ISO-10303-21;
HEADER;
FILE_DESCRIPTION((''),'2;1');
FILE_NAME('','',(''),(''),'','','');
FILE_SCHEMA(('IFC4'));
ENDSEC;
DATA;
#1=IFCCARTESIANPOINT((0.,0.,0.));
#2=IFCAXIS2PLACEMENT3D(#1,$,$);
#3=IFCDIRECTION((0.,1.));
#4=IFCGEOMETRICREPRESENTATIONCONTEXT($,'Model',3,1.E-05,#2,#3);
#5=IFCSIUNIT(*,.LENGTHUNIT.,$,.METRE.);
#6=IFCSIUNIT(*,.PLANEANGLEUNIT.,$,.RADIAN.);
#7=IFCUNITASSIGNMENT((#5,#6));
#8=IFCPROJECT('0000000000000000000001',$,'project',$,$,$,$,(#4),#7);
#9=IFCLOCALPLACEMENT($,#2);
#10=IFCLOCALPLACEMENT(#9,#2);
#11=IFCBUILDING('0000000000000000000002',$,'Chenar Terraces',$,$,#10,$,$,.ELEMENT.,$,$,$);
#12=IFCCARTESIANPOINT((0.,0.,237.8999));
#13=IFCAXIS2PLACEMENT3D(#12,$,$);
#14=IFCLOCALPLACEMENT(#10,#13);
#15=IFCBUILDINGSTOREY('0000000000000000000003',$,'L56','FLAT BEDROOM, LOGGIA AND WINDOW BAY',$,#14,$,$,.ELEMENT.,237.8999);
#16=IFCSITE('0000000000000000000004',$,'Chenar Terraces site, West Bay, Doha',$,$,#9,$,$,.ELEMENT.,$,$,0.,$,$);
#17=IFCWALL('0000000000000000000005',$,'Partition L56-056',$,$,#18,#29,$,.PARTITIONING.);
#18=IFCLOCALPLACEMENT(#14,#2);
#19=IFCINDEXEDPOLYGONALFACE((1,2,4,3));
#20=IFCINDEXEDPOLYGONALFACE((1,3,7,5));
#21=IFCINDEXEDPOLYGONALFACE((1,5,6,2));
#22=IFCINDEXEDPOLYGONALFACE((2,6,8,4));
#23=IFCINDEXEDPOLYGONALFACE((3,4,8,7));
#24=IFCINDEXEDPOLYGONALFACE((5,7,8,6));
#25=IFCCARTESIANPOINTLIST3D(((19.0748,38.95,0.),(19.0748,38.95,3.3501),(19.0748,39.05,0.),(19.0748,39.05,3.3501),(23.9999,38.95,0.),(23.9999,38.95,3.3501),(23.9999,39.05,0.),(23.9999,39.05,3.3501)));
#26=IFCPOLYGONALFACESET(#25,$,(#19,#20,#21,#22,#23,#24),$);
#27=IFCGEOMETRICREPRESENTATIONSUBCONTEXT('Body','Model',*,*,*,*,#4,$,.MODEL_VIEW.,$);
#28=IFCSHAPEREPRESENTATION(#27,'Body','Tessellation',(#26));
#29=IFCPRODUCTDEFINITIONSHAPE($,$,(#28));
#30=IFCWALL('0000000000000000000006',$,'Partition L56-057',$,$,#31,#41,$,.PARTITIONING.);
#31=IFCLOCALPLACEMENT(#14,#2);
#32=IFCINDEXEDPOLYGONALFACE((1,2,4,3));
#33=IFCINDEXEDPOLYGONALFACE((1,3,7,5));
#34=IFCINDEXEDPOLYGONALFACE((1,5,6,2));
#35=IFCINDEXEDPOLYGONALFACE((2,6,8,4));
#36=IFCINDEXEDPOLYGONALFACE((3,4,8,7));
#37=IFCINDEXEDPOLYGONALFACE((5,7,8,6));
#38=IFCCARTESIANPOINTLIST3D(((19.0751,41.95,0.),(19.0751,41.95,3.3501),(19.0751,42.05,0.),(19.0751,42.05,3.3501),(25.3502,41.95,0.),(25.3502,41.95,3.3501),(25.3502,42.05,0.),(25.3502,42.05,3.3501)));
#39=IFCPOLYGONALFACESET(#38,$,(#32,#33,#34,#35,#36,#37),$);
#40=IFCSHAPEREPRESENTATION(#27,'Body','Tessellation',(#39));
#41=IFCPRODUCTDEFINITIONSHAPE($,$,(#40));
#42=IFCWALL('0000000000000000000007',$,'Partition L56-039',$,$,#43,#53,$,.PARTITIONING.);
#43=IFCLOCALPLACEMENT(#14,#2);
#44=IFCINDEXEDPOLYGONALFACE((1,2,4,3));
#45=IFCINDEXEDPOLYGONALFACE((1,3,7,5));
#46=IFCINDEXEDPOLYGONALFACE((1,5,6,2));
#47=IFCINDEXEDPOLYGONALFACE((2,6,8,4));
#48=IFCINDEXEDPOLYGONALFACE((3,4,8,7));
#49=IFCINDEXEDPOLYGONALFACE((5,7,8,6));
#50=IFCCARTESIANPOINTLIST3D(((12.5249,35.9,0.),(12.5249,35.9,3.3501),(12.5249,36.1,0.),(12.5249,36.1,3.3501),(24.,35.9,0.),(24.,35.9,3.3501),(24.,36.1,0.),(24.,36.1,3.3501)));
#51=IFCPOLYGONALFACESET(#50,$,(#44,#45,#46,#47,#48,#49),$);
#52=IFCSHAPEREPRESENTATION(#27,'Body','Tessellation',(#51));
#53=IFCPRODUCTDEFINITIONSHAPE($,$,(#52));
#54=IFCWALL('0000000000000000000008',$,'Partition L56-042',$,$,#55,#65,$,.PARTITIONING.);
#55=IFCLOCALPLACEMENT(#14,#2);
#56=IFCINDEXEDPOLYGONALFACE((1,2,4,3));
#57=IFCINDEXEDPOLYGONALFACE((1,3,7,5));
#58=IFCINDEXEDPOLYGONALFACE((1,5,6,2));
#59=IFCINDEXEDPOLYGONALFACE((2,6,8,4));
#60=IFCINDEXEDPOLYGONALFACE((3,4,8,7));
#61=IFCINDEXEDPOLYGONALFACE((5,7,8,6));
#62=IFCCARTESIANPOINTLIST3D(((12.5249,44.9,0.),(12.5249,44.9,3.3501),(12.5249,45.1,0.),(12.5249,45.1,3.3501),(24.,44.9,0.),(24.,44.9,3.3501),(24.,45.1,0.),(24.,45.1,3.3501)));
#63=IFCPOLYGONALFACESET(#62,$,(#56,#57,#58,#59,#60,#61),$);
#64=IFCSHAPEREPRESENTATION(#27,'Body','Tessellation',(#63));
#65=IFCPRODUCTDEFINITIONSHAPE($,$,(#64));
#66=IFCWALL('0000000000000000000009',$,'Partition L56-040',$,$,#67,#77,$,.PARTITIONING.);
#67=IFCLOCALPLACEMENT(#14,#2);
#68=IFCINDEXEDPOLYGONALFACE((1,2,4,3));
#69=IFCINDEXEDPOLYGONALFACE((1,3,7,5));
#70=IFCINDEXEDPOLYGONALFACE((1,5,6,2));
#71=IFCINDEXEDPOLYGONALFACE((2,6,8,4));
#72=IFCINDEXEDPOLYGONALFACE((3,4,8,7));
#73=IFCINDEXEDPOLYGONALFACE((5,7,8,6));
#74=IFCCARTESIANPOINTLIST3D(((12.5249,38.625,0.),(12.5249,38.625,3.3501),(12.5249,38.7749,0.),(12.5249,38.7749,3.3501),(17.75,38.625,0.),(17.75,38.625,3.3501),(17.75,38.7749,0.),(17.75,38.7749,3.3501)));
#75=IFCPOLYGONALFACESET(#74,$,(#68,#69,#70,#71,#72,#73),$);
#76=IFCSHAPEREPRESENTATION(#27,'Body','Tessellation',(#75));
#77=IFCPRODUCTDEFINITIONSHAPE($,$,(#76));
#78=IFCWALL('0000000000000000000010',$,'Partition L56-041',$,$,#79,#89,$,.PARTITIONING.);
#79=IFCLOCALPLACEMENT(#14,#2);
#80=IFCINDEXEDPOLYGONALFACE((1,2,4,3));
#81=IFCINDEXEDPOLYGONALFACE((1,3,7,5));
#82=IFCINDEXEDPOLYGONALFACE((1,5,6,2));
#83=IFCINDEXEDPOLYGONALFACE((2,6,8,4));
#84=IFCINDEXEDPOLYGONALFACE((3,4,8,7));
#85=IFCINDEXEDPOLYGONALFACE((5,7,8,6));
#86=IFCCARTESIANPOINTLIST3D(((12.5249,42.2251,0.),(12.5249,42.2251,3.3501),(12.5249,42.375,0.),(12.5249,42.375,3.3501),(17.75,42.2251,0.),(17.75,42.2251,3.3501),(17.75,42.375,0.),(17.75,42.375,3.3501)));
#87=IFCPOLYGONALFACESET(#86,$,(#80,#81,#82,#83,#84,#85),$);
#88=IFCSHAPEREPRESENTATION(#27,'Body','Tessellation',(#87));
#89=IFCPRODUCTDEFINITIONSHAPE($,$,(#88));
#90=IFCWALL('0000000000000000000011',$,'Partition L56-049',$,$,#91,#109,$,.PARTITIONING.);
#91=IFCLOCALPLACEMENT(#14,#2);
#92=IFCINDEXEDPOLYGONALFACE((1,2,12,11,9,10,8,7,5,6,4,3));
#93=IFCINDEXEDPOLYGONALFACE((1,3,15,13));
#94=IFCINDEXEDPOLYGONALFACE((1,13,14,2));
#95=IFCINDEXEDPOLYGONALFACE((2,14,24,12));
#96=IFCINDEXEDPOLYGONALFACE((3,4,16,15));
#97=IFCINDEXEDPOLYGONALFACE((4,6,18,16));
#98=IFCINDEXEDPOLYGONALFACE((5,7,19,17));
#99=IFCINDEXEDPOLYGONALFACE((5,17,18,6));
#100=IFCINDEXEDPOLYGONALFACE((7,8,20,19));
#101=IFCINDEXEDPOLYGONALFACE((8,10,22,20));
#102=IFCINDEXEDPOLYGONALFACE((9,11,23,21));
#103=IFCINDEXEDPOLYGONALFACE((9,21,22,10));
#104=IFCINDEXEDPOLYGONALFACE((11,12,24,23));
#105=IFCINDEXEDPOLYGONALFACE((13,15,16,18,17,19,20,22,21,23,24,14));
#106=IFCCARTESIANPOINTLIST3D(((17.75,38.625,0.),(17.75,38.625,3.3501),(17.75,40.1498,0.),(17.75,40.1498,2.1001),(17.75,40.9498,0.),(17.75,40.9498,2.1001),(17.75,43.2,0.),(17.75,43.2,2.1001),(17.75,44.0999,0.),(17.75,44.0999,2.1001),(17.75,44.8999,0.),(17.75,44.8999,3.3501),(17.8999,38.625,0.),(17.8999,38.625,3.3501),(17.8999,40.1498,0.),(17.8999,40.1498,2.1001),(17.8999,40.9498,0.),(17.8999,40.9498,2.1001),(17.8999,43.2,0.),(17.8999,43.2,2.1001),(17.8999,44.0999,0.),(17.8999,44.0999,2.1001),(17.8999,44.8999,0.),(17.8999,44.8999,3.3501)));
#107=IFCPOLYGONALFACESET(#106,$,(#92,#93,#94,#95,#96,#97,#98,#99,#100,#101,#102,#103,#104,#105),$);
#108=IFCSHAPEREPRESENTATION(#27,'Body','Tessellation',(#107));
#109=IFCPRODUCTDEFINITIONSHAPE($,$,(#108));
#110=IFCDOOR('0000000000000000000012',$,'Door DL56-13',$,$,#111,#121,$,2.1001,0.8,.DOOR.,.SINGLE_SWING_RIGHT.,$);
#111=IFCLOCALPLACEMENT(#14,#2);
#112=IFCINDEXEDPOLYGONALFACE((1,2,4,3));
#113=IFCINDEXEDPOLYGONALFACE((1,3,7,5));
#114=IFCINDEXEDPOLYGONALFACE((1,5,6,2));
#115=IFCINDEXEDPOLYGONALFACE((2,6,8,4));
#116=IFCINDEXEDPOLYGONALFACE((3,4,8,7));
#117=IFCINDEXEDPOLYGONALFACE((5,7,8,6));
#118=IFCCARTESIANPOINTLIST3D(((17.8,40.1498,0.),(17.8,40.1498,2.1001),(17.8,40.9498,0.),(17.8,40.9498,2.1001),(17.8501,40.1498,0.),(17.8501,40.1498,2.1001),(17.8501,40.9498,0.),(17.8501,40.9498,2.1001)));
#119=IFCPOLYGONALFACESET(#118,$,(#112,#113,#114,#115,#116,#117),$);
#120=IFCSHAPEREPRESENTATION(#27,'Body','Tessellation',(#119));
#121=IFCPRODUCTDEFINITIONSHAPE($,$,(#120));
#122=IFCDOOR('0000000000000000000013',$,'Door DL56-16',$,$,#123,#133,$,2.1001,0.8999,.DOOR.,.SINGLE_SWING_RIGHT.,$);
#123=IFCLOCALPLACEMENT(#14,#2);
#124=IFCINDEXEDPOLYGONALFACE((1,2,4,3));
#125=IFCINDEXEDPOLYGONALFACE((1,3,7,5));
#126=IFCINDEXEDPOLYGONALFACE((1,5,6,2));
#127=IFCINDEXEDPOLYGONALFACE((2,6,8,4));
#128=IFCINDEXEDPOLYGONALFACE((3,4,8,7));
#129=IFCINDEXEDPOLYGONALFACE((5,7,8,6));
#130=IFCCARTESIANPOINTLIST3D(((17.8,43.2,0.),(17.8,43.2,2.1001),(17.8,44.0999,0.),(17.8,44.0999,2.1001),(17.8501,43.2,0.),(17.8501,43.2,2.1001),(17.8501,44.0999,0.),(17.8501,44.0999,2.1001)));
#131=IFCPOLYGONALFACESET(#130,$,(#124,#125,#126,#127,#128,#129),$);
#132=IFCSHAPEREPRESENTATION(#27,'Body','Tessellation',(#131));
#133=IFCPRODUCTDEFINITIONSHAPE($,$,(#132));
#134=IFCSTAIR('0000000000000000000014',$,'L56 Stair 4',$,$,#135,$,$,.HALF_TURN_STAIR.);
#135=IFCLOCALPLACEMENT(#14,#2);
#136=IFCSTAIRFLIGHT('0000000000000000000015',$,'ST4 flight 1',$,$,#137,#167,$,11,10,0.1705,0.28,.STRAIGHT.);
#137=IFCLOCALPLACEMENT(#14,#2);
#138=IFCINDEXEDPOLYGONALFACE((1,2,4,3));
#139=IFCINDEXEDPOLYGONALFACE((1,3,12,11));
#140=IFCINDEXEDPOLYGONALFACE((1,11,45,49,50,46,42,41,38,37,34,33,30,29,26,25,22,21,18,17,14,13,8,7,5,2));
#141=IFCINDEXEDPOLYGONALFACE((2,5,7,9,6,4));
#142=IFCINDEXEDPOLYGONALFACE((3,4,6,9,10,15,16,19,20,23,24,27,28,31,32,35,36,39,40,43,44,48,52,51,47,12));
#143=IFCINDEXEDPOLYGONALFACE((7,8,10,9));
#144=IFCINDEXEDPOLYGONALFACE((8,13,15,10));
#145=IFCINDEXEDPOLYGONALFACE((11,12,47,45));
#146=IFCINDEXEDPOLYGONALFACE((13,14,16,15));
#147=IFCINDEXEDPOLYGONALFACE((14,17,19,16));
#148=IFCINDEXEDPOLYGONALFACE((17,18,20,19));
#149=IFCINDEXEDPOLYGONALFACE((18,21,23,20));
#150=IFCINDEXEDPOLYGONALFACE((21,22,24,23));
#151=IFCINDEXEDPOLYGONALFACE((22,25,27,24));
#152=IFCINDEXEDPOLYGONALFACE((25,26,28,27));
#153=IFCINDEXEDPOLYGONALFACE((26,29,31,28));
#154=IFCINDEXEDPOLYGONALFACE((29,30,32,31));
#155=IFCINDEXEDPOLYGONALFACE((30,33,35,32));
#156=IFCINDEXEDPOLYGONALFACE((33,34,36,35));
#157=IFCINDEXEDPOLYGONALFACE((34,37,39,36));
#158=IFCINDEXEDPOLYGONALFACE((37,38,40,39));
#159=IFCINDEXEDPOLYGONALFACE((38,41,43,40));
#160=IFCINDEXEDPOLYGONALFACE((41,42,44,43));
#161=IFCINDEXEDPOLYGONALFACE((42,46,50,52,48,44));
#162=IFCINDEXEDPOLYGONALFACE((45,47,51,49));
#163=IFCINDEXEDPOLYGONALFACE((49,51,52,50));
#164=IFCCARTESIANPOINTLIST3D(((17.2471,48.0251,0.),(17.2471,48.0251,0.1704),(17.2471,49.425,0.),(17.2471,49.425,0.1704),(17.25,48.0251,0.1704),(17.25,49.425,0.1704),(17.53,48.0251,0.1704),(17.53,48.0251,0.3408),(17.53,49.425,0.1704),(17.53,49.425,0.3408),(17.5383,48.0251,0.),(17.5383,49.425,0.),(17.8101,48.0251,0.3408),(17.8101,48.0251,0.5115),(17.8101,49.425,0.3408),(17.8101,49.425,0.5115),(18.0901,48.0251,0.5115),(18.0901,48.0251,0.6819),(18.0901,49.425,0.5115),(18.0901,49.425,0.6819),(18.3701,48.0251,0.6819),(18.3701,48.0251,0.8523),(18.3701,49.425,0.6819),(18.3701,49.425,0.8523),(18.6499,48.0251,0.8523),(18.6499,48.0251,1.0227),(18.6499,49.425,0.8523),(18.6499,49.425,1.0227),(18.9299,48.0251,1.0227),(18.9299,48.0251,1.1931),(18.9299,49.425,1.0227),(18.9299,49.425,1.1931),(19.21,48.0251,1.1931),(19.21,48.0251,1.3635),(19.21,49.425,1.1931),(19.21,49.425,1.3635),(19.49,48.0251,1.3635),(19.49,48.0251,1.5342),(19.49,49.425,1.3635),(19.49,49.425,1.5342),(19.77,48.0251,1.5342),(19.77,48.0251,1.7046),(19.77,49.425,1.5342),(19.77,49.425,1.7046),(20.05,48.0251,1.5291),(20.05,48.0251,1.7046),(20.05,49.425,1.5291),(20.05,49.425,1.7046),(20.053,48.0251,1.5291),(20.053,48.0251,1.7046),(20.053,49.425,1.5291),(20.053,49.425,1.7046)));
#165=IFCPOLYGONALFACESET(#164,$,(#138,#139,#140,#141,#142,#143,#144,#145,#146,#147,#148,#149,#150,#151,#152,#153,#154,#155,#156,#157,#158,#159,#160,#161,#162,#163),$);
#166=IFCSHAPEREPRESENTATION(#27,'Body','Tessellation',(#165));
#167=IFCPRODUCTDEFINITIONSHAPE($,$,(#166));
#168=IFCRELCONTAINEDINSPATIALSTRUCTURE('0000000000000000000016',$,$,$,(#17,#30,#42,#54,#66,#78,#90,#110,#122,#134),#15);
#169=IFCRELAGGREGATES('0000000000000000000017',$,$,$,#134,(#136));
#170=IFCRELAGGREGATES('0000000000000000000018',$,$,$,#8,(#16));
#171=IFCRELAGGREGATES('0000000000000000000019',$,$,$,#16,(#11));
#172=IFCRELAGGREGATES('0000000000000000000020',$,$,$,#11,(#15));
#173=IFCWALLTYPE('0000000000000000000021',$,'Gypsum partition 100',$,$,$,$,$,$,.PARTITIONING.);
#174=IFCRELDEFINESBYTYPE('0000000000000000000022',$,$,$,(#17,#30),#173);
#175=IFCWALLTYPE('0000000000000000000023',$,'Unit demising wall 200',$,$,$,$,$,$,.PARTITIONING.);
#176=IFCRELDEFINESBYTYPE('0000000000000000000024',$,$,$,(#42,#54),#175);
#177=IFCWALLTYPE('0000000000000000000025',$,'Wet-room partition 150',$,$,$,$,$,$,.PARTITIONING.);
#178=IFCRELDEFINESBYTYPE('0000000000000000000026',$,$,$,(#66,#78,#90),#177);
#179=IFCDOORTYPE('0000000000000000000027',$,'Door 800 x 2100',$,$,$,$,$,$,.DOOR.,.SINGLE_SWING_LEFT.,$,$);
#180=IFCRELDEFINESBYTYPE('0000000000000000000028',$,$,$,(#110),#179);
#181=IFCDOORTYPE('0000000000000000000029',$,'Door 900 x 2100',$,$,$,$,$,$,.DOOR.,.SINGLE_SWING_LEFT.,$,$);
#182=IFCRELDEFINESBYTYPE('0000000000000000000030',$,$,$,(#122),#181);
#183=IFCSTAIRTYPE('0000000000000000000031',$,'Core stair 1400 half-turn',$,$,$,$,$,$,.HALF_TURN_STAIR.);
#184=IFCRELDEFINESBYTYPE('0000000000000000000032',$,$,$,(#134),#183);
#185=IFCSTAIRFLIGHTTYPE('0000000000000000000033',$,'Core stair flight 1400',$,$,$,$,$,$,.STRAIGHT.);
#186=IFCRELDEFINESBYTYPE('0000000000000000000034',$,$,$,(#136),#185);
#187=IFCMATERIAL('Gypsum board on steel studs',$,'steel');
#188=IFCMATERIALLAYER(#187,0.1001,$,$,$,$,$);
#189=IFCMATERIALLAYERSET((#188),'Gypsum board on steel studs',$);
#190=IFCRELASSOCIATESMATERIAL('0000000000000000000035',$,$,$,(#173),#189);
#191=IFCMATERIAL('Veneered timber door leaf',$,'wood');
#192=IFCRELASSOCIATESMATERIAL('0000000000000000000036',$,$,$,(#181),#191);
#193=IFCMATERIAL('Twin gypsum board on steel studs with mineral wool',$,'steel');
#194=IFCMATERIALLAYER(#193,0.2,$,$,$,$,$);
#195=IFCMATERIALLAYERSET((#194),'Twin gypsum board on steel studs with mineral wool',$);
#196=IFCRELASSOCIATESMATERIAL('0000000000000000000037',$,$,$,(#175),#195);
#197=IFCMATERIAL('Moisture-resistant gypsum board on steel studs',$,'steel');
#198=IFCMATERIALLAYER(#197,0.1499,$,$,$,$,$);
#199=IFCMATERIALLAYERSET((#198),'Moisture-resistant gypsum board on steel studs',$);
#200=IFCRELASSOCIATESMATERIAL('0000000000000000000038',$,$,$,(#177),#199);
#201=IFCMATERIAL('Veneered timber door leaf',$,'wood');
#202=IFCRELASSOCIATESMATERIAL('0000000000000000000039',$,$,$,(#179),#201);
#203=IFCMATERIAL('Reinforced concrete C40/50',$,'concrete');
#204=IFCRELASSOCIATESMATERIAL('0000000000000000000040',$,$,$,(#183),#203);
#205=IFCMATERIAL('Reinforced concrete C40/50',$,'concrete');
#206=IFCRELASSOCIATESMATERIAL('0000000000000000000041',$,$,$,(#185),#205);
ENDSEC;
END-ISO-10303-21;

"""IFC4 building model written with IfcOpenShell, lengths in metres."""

from ifc_helpers import new_model, si_unit, direction, frame, frame_2d, origin, place, context, subcontext, project, spatial, polyline, rectangle, outline, extrude, material, layer, layer_set, type_object, element, fill, aggregate, save


model = new_model("IFC4")

# Units and contexts
model_context = context("Model", 3, precision=1e-05, world=origin(), true_north=direction((0.0, 1.0)))
body_context = subcontext(model_context, "Body", "Model", "MODEL_VIEW")
ifc_project = project(units=[si_unit("LENGTHUNIT", "METRE"), si_unit("PLANEANGLEUNIT", "RADIAN")], contexts=[model_context])

# Site, building, storey
site_placement = place(None, origin())
site = spatial("IfcSite", under=ifc_project, at=site_placement, Name="Chenar Terraces site, West Bay, Doha", CompositionType="ELEMENT", RefElevation=0.0)
building_placement = place(site_placement, origin())
building = spatial("IfcBuilding", under=site, at=building_placement, Name="Chenar Terraces", CompositionType="ELEMENT")
storey_placement = place(building_placement, frame((0.0, 0.0, 237.8999)))
storey = spatial("IfcBuildingStorey", under=building, at=storey_placement, Name="L56", Description="FLAT BEDROOM, LOGGIA AND WINDOW BAY", CompositionType="ELEMENT", Elevation=237.8999)

# Shared definitions
ifc_material_1 = material(Name="Gypsum board on steel studs", Category="steel")
ifc_layer_1 = layer(ifc_material_1, 0.1001)
ifc_layer_set_1 = layer_set([ifc_layer_1], Name="Gypsum board on steel studs")
wall_type_1 = type_object("IfcWallType", Name="Gypsum partition 100", PredefinedType="PARTITIONING", material=ifc_layer_set_1)
ifc_material_2 = material(Name="Veneered timber door leaf", Category="wood")
door_type_1 = type_object("IfcDoorType", Name="Door 900 x 2100", OperationType="SINGLE_SWING_LEFT", PredefinedType="DOOR", material=ifc_material_2)

# Walls
wall_1_placement = place(storey_placement, frame((19.075, 39.0, 0.0), z_axis=(0.0, 0.0, 1.0), x_axis=(1.0, 0.0, 0.0)))
element("IfcWall", 1, at=wall_1_placement, inside=storey, type_object=wall_type_1, Name="Partition L56-056", PredefinedType="PARTITIONING", context=body_context, shape_type="SweptSolid", body=[
    extrude(rectangle(XDim=4.925, YDim=0.1001, at=frame_2d((2.4624, 0.0))), origin(), (0.0, 0.0, 1.0), 3.3501),
])
wall_2_placement = place(storey_placement, frame((19.075, 42.0, 0.0), z_axis=(0.0, 0.0, 1.0), x_axis=(1.0, 0.0, 0.0)))
element("IfcWall", 2, at=wall_2_placement, inside=storey, type_object=wall_type_1, Name="Partition L56-057", PredefinedType="PARTITIONING", context=body_context, shape_type="SweptSolid", body=[
    extrude(rectangle(XDim=6.2751, YDim=0.1001, at=frame_2d((3.1377, 0.0))), origin(), (0.0, 0.0, 1.0), 3.3501),
])
ifc_material_3 = material(Name="Twin gypsum board on steel studs with mineral wool", Category="steel")
ifc_layer_2 = layer(ifc_material_3, 0.2)
ifc_layer_set_2 = layer_set([ifc_layer_2], Name="Twin gypsum board on steel studs with mineral wool")
wall_type_2 = type_object("IfcWallType", Name="Unit demising wall 200", PredefinedType="PARTITIONING", material=ifc_layer_set_2)
for number, where, z_axis, x_axis, name in (
    (3, (12.5249, 36.0, 0.0), (0.0, 0.0, 1.0), (1.0, 0.0, 0.0), "Partition L56-039"),
    (4, (12.5249, 45.0, 0.0), (0.0, 0.0, 1.0), (1.0, 0.0, 0.0), "Partition L56-042"),
):
    element("IfcWall", number, at=place(storey_placement, frame(where, z_axis=z_axis, x_axis=x_axis)), inside=storey, type_object=wall_type_2, Name=name, PredefinedType="PARTITIONING", context=body_context, shape_type="SweptSolid", body=[
        extrude(rectangle(XDim=11.4751, YDim=0.2, at=frame_2d((5.7375, 0.0))), origin(), (0.0, 0.0, 1.0), 3.3501),
    ])
ifc_material_4 = material(Name="Moisture-resistant gypsum board on steel studs", Category="steel")
ifc_layer_3 = layer(ifc_material_4, 0.1499)
ifc_layer_set_3 = layer_set([ifc_layer_3], Name="Moisture-resistant gypsum board on steel studs")
wall_type_3 = type_object("IfcWallType", Name="Wet-room partition 150", PredefinedType="PARTITIONING", material=ifc_layer_set_3)
for number, where, z_axis, x_axis, name in (
    (5, (12.5249, 38.7, 0.0), (0.0, 0.0, 1.0), (1.0, 0.0, 0.0), "Partition L56-040"),
    (6, (12.5249, 42.3, 0.0), (0.0, 0.0, 1.0), (1.0, 0.0, 0.0), "Partition L56-041"),
):
    element("IfcWall", number, at=place(storey_placement, frame(where, z_axis=z_axis, x_axis=x_axis)), inside=storey, type_object=wall_type_3, Name=name, PredefinedType="PARTITIONING", context=body_context, shape_type="SweptSolid", body=[
        extrude(rectangle(XDim=5.2251, YDim=0.1499, at=frame_2d((2.6125, 0.0))), origin(), (0.0, 0.0, 1.0), 3.3501),
    ])

# Wall, openings, doors
wall_3_placement = place(storey_placement, frame((17.825, 38.625, 0.0), z_axis=(0.0, 0.0, 1.0), x_axis=(0.0, 1.0, 0.0)))
wall_3 = element("IfcWall", 7, at=wall_3_placement, inside=storey, type_object=wall_type_3, Name="Partition L56-049", PredefinedType="PARTITIONING", context=body_context, shape_type="SweptSolid", body=[
    extrude(rectangle(XDim=6.2749, YDim=0.1499, at=frame_2d((3.1375, 0.0))), origin(), (0.0, 0.0, 1.0), 3.3501),
])
opening_1_placement = place(wall_3_placement, frame((1.5249, 0.0, 0.0)))
opening_1 = element("IfcOpeningElement", 8, at=opening_1_placement, cuts=wall_3, PredefinedType="OPENING", context=body_context, shape_type="SweptSolid", body=[
    extrude(rectangle(XDim=0.8, YDim=2.1001, at=frame_2d((0.3999, 1.05))), frame((0.0, 0.085, 0.0), z_axis=(0.0, -1.0, 0.0), x_axis=(1.0, 0.0, 0.0)), (0.0, 0.0, 1.0), 0.1699),
])
opening_2_placement = place(wall_3_placement, frame((4.575, 0.0, 0.0)))
opening_2 = element("IfcOpeningElement", 9, at=opening_2_placement, cuts=wall_3, PredefinedType="OPENING", context=body_context, shape_type="SweptSolid", body=[
    extrude(rectangle(XDim=0.8999, YDim=2.1001, at=frame_2d((0.45, 1.05))), frame((0.0, 0.085, 0.0), z_axis=(0.0, -1.0, 0.0), x_axis=(1.0, 0.0, 0.0)), (0.0, 0.0, 1.0), 0.1699),
])
ifc_material_5 = material(Name="Veneered timber door leaf", Category="wood")
door_type_2 = type_object("IfcDoorType", Name="Door 800 x 2100", OperationType="SINGLE_SWING_LEFT", PredefinedType="DOOR", material=ifc_material_5)
door_1_placement = place(opening_1_placement, origin())
door_1 = element("IfcDoor", 10, at=door_1_placement, inside=storey, type_object=door_type_2, Name="Door DL56-13", OperationType="SINGLE_SWING_RIGHT", OverallHeight=2.1001, OverallWidth=0.8, PredefinedType="DOOR", context=body_context, shape_type="SweptSolid", body=[
    extrude(rectangle(XDim=0.8, YDim=2.1001, at=frame_2d((0.3999, 1.05))), frame((0.0, 0.0249, 0.0), z_axis=(0.0, -1.0, 0.0), x_axis=(1.0, 0.0, 0.0)), (0.0, 0.0, 1.0), 0.05),
])
fill(opening_1, door_1)
door_2_placement = place(opening_2_placement, origin())
door_2 = element("IfcDoor", 11, at=door_2_placement, inside=storey, type_object=door_type_1, Name="Door DL56-16", OperationType="SINGLE_SWING_RIGHT", OverallHeight=2.1001, OverallWidth=0.8999, PredefinedType="DOOR", context=body_context, shape_type="SweptSolid", body=[
    extrude(rectangle(XDim=0.8999, YDim=2.1001, at=frame_2d((0.45, 1.05))), frame((0.0, 0.0249, 0.0), z_axis=(0.0, -1.0, 0.0), x_axis=(1.0, 0.0, 0.0)), (0.0, 0.0, 1.0), 0.05),
])
fill(opening_2, door_2)

# Stair, stair flight
ifc_material_6 = material(Name="Reinforced concrete C40/50", Category="concrete")
stair_type = type_object("IfcStairType", Name="Core stair 1400 half-turn", PredefinedType="HALF_TURN_STAIR", material=ifc_material_6)
stair_placement = place(storey_placement, origin())
stair = element("IfcStair", 12, at=stair_placement, inside=storey, type_object=stair_type, Name="L56 Stair 4", PredefinedType="HALF_TURN_STAIR")
ifc_material_7 = material(Name="Reinforced concrete C40/50", Category="concrete")
stair_flight_type = type_object("IfcStairFlightType", Name="Core stair flight 1400", PredefinedType="STRAIGHT", material=ifc_material_7)
stair_flight_placement = place(storey_placement, frame((17.25, 48.7251, 0.0), z_axis=(0.0, 0.0, 1.0), x_axis=(1.0, 0.0, 0.0)))
stair_flight = element("IfcStairFlight", 13, at=stair_flight_placement, type_object=stair_flight_type, Name="ST4 flight 1", NumberOfRisers=11, NumberOfTreads=10, PredefinedType="STRAIGHT", RiserHeight=0.1705, TreadLength=0.28, context=body_context, shape_type="SweptSolid", body=[
    extrude(outline(polyline([(-0.0029, 0.0), (-0.0029, 0.1704), (0.0, 0.1704), (0.28, 0.1704), (0.28, 0.3408), (0.5601, 0.3408), (0.5601, 0.5115), (0.8401, 0.5115), (0.8401, 0.6819), (1.1201, 0.6819), (1.1201, 0.8523), (1.3999, 0.8523), (1.3999, 1.0227), (1.6799, 1.0227), (1.6799, 1.1931), (1.96, 1.1931), (1.96, 1.3635), (2.24, 1.3635), (2.24, 1.5342), (2.52, 1.5342), (2.52, 1.7046), (2.8, 1.7046), (2.803, 1.7046), (2.803, 1.5291), (2.8, 1.5291), (0.2883, 0.0), (-0.0029, 0.0)])), frame((0.0, 0.7, 0.0), z_axis=(0.0, -1.0, 0.0), x_axis=(1.0, 0.0, 0.0)), (0.0, 0.0, 1.0), 1.3999),
])
aggregate(stair, [stair_flight])

save(model, "model.ifc")
